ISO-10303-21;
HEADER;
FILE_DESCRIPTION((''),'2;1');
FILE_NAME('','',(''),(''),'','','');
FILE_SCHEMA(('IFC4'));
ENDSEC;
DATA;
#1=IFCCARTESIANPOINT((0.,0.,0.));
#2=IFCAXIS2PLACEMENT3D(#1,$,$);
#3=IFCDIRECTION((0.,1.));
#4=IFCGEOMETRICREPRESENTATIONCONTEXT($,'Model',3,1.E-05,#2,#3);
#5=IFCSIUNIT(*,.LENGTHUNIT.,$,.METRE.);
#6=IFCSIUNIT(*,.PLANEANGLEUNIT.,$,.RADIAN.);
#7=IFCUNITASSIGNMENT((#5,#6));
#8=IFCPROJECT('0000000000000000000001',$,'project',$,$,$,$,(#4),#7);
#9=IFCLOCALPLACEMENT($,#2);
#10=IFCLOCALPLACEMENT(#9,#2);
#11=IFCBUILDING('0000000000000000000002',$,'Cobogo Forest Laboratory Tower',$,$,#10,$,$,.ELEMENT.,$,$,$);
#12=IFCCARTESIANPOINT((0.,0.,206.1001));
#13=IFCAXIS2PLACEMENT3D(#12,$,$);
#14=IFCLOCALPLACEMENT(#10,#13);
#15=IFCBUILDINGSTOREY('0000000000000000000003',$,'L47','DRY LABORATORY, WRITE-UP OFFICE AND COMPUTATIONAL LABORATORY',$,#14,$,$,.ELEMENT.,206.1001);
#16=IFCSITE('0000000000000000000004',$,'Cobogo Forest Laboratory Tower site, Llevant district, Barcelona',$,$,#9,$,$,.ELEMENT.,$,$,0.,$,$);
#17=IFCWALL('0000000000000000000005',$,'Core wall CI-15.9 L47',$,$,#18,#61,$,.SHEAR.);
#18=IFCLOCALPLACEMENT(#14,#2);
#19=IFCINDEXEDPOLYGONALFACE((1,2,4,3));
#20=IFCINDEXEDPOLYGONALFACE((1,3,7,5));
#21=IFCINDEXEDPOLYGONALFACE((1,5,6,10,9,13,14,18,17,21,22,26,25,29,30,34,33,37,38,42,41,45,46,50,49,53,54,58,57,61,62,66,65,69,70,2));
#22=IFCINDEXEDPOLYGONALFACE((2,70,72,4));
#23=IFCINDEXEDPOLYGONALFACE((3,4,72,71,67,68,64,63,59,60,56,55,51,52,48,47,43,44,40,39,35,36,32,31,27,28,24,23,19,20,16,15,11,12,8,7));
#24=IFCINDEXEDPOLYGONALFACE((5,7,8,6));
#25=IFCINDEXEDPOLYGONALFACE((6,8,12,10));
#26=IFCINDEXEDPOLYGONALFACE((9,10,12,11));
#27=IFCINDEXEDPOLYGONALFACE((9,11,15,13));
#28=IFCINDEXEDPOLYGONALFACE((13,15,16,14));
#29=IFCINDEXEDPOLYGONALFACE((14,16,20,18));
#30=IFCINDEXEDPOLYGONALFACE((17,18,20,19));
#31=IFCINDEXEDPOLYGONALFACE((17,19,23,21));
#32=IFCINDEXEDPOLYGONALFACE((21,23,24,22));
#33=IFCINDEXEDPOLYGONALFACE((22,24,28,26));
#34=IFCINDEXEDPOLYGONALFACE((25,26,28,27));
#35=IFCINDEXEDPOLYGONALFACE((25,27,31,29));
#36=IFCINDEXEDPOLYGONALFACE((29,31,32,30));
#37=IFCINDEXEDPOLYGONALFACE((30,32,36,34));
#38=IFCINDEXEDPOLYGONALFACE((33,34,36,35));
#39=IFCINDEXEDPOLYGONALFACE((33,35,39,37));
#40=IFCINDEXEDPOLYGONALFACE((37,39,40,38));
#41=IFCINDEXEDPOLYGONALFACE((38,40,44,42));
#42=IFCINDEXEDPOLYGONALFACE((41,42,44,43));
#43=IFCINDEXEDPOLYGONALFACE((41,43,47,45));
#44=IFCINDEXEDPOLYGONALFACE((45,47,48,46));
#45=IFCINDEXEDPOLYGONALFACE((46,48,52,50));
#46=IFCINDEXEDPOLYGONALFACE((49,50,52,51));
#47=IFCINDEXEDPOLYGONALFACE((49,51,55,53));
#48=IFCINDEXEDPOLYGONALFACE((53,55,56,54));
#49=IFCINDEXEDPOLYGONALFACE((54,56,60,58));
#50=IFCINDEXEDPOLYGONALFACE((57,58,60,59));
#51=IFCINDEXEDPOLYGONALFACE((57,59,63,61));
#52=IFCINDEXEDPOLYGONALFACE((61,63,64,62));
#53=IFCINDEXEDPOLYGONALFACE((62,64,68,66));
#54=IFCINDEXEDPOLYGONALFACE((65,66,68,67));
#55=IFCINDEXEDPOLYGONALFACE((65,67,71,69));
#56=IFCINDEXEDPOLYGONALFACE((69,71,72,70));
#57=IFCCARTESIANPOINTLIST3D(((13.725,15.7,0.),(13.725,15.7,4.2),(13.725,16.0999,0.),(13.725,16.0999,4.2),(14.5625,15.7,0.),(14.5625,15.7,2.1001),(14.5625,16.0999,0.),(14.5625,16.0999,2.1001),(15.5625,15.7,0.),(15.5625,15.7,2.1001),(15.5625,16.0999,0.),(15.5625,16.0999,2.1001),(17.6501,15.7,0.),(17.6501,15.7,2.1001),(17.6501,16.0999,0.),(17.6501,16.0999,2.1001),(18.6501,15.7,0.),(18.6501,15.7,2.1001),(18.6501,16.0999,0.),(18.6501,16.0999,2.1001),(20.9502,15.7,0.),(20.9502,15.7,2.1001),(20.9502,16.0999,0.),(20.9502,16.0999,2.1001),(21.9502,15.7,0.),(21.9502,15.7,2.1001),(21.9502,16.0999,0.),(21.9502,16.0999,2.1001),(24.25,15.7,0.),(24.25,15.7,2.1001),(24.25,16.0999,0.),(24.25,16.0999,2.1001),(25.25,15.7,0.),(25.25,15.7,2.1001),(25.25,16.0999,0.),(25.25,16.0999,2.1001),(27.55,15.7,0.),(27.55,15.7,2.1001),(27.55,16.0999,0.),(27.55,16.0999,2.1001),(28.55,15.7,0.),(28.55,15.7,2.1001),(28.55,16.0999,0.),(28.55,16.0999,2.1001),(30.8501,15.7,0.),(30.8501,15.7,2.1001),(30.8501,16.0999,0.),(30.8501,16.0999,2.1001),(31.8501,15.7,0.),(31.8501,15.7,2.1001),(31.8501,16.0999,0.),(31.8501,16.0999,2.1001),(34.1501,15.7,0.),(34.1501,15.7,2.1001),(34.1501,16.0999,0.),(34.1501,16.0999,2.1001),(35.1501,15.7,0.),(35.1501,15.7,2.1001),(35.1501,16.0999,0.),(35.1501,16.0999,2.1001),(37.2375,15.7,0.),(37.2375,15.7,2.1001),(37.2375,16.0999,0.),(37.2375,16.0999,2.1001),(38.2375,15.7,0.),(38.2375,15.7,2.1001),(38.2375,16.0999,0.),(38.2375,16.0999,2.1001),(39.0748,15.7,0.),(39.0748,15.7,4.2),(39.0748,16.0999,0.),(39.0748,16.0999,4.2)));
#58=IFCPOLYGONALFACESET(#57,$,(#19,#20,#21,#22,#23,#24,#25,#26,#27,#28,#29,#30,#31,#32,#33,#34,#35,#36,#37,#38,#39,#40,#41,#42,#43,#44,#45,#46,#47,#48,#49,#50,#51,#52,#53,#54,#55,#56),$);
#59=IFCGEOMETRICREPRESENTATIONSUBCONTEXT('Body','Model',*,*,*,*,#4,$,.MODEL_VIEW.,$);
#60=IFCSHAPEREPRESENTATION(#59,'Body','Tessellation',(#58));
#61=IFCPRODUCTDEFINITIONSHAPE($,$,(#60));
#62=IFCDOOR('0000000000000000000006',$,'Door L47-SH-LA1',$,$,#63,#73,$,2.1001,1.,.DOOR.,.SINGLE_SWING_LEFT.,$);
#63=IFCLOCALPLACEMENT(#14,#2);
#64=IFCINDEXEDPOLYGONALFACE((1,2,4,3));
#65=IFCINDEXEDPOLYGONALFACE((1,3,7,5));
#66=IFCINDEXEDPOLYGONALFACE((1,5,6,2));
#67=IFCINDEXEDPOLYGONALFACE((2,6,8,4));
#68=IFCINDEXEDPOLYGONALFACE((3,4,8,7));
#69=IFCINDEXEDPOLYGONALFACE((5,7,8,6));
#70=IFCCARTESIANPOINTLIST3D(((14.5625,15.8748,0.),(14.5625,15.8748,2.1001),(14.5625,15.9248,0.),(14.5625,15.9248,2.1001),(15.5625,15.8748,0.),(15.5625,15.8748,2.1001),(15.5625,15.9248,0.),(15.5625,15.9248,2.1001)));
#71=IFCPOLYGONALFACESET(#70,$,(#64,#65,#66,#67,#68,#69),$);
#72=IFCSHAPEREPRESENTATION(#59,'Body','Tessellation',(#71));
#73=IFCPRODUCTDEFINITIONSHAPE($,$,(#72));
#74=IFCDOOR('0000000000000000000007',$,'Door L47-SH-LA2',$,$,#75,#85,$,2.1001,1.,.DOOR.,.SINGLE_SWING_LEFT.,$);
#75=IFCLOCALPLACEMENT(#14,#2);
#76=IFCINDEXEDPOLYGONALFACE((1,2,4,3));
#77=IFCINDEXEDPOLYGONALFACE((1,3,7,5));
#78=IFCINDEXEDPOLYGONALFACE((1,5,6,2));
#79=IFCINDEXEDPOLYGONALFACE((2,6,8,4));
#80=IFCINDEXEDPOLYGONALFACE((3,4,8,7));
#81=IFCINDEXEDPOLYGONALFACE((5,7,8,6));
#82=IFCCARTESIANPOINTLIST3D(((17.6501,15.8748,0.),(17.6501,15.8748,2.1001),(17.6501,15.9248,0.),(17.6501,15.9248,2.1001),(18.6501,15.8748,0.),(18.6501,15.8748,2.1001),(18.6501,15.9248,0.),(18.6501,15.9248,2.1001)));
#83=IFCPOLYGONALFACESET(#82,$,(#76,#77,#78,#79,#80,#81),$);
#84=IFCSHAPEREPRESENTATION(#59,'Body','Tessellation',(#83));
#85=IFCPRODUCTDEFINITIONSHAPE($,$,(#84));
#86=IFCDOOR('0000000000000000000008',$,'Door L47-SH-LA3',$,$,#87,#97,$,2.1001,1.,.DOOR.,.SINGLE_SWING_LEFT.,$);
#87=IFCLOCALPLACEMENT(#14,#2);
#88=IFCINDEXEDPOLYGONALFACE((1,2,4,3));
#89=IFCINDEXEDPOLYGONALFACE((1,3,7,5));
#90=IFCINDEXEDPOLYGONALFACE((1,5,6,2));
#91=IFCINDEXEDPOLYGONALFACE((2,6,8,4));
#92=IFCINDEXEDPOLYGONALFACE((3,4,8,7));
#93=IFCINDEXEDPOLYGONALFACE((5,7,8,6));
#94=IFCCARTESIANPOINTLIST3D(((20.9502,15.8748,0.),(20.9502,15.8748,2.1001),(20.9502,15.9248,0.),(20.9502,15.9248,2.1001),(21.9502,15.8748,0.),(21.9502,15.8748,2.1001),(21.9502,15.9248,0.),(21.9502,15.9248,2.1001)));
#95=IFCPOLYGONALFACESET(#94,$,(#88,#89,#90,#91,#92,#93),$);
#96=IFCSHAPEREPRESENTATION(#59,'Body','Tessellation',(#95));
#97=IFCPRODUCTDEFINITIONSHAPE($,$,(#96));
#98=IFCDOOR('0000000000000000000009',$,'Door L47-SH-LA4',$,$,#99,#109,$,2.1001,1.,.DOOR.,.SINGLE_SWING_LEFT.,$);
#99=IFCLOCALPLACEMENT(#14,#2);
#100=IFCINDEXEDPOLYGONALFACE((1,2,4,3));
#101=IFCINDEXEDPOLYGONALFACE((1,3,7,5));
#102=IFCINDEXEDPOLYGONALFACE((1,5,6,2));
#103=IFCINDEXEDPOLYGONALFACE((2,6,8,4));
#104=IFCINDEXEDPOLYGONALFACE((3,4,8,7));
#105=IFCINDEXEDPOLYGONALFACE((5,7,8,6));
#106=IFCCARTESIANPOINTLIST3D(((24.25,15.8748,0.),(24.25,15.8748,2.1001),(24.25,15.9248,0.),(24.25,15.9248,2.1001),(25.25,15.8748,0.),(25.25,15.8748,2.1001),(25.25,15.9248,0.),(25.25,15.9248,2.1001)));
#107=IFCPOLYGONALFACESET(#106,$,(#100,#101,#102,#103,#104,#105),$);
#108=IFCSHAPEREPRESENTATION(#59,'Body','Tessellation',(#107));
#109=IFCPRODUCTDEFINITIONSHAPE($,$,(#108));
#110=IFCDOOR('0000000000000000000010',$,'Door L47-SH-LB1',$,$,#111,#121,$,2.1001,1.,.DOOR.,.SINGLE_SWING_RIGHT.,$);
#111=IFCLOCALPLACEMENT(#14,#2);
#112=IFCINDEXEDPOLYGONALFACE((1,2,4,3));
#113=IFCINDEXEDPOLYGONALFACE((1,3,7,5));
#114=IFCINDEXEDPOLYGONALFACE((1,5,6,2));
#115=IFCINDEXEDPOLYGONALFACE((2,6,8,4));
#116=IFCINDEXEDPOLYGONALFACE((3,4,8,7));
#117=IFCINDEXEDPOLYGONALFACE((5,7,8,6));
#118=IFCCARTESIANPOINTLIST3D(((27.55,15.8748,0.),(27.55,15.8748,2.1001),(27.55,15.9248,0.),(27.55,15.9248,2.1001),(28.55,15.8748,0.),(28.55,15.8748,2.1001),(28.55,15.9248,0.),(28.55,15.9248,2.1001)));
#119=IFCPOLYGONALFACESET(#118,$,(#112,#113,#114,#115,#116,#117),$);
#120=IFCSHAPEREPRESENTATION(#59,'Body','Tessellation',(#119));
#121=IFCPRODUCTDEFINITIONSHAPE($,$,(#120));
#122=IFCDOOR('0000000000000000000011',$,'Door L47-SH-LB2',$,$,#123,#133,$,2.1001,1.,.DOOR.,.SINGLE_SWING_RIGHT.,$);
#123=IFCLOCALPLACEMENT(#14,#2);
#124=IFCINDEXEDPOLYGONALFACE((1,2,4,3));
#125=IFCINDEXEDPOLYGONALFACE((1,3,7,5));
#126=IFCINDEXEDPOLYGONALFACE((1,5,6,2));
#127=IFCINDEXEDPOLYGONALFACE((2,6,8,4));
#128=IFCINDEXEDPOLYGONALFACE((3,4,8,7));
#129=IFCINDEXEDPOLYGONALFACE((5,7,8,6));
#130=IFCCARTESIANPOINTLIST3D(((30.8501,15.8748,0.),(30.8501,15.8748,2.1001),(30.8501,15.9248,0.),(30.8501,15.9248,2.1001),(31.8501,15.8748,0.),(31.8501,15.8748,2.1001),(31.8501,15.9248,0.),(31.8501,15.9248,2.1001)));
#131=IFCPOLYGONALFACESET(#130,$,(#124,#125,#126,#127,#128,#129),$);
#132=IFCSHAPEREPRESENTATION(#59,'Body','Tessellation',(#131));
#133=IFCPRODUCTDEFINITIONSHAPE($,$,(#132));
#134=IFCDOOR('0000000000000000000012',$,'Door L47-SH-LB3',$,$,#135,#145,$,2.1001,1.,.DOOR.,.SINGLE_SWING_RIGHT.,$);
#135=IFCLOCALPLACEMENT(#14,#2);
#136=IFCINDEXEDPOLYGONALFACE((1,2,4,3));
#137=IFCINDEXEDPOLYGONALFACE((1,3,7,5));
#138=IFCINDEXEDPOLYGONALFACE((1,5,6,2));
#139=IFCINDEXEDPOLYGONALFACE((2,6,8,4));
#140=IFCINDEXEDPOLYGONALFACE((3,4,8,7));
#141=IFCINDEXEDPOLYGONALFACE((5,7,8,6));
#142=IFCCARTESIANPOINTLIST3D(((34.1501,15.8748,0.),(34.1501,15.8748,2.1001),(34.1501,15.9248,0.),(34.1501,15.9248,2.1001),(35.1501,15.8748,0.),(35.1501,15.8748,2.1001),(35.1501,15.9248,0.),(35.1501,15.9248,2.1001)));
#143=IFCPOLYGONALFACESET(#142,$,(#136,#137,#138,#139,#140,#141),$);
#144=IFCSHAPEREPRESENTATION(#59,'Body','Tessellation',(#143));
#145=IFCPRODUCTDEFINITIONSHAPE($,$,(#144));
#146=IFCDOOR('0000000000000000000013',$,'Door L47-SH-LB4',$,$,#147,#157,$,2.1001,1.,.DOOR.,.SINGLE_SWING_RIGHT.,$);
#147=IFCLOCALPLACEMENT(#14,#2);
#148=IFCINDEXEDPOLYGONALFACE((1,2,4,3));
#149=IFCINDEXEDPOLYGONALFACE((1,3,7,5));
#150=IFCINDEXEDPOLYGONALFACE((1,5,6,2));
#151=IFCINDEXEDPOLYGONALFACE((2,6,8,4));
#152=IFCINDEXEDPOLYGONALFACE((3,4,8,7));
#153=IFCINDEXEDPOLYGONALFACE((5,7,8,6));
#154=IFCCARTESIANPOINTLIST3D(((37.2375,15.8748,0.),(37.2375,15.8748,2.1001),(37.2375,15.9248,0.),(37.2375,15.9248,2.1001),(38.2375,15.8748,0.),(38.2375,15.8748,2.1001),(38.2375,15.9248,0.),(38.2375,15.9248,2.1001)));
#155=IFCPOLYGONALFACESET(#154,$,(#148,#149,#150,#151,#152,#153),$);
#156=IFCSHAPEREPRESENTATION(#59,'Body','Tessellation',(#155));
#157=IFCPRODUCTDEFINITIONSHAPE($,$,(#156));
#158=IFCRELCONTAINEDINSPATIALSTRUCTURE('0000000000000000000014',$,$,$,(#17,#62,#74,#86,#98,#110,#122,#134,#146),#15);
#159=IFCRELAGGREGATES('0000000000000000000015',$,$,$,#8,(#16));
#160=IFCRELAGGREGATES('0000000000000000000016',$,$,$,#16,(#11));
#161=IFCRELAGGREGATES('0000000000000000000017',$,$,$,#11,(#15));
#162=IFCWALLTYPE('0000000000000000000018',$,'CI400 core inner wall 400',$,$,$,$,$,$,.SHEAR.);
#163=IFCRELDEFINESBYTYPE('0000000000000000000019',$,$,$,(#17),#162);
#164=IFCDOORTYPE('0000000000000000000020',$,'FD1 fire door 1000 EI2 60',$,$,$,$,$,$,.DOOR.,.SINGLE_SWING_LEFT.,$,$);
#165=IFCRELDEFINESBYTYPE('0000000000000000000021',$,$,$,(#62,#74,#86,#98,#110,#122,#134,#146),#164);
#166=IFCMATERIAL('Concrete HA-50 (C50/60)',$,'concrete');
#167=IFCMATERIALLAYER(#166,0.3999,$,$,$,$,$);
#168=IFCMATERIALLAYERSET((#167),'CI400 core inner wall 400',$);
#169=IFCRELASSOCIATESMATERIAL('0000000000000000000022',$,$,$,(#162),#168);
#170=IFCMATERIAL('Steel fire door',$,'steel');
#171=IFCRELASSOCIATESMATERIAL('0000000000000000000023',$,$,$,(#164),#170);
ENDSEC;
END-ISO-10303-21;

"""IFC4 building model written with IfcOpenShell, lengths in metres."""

from ifc_helpers import new_model, si_unit, direction, frame, frame_2d, origin, place, context, subcontext, project, spatial, rectangle, extrude, material, layer, layer_set, type_object, element, fill, save


model = new_model("IFC4")

# Units and contexts
model_context = context("Model", 3, precision=1e-05, world=origin(), true_north=direction((0.0, 1.0)))
body_context = subcontext(model_context, "Body", "Model", "MODEL_VIEW")
ifc_project = project(units=[si_unit("LENGTHUNIT", "METRE"), si_unit("PLANEANGLEUNIT", "RADIAN")], contexts=[model_context])

# Site, building, storey
site_placement = place(None, origin())
site = spatial("IfcSite", under=ifc_project, at=site_placement, Name="Cobogo Forest Laboratory Tower site, Llevant district, Barcelona", CompositionType="ELEMENT", RefElevation=0.0)
building_placement = place(site_placement, origin())
building = spatial("IfcBuilding", under=site, at=building_placement, Name="Cobogo Forest Laboratory Tower", CompositionType="ELEMENT")
storey_placement = place(building_placement, frame((0.0, 0.0, 206.1001)))
storey = spatial("IfcBuildingStorey", under=building, at=storey_placement, Name="L47", Description="DRY LABORATORY, WRITE-UP OFFICE AND COMPUTATIONAL LABORATORY", CompositionType="ELEMENT", Elevation=206.1001)

# Shared definitions
ifc_material_1 = material(Name="Concrete HA-50 (C50/60)", Category="concrete")

# Wall, openings, doors
ifc_layer_1 = layer(ifc_material_1, 0.3999)
ifc_layer_set_1 = layer_set([ifc_layer_1], Name="CI400 core inner wall 400")
wall_type_1 = type_object("IfcWallType", Name="CI400 core inner wall 400", PredefinedType="SHEAR", material=ifc_layer_set_1)
wall_1_placement = place(storey_placement, frame((13.7251, 15.8999, 0.0), z_axis=(0.0, 0.0, 1.0), x_axis=(1.0, 0.0, 0.0)))
wall_1 = element("IfcWall", 1, at=wall_1_placement, inside=storey, type_object=wall_type_1, Name="Core wall CI-15.9 L47", PredefinedType="SHEAR", context=body_context, shape_type="SweptSolid", body=[
    extrude(rectangle(XDim=25.3499, YDim=0.3999, at=frame_2d((12.6748, 0.0))), origin(), (0.0, 0.0, 1.0), 4.2),
])
opening_1_placement = place(wall_1_placement, frame((0.8374, 0.0, 0.0)))
opening_1 = element("IfcOpeningElement", 2, at=opening_1_placement, cuts=wall_1, PredefinedType="OPENING", context=body_context, shape_type="SweptSolid", body=[
    extrude(rectangle(XDim=1.0, YDim=2.1001, at=frame_2d((0.5, 1.05))), frame((0.0, 0.21, 0.0), z_axis=(0.0, -1.0, 0.0), x_axis=(1.0, 0.0, 0.0)), (0.0, 0.0, 1.0), 0.4199),
])
opening_2_placement = place(wall_1_placement, frame((3.925, 0.0, 0.0)))
opening_2 = element("IfcOpeningElement", 3, at=opening_2_placement, cuts=wall_1, PredefinedType="OPENING", context=body_context, shape_type="SweptSolid", body=[
    extrude(rectangle(XDim=1.0, YDim=2.1001, at=frame_2d((0.5, 1.05))), frame((0.0, 0.21, 0.0), z_axis=(0.0, -1.0, 0.0), x_axis=(1.0, 0.0, 0.0)), (0.0, 0.0, 1.0), 0.4199),
])
opening_3_placement = place(wall_1_placement, frame((7.2251, 0.0, 0.0)))
opening_3 = element("IfcOpeningElement", 4, at=opening_3_placement, cuts=wall_1, PredefinedType="OPENING", context=body_context, shape_type="SweptSolid", body=[
    extrude(rectangle(XDim=1.0, YDim=2.1001, at=frame_2d((0.5, 1.05))), frame((0.0, 0.21, 0.0), z_axis=(0.0, -1.0, 0.0), x_axis=(1.0, 0.0, 0.0)), (0.0, 0.0, 1.0), 0.4199),
])
opening_4_placement = place(wall_1_placement, frame((10.5249, 0.0, 0.0)))
opening_4 = element("IfcOpeningElement", 5, at=opening_4_placement, cuts=wall_1, PredefinedType="OPENING", context=body_context, shape_type="SweptSolid", body=[
    extrude(rectangle(XDim=1.0, YDim=2.1001, at=frame_2d((0.5, 1.05))), frame((0.0, 0.21, 0.0), z_axis=(0.0, -1.0, 0.0), x_axis=(1.0, 0.0, 0.0)), (0.0, 0.0, 1.0), 0.4199),
])
opening_5_placement = place(wall_1_placement, frame((13.825, 0.0, 0.0)))
opening_5 = element("IfcOpeningElement", 6, at=opening_5_placement, cuts=wall_1, PredefinedType="OPENING", context=body_context, shape_type="SweptSolid", body=[
    extrude(rectangle(XDim=1.0, YDim=2.1001, at=frame_2d((0.5, 1.05))), frame((0.0, 0.21, 0.0), z_axis=(0.0, -1.0, 0.0), x_axis=(1.0, 0.0, 0.0)), (0.0, 0.0, 1.0), 0.4199),
])
opening_6_placement = place(wall_1_placement, frame((17.125, 0.0, 0.0)))
opening_6 = element("IfcOpeningElement", 7, at=opening_6_placement, cuts=wall_1, PredefinedType="OPENING", context=body_context, shape_type="SweptSolid", body=[
    extrude(rectangle(XDim=1.0, YDim=2.1001, at=frame_2d((0.5, 1.05))), frame((0.0, 0.21, 0.0), z_axis=(0.0, -1.0, 0.0), x_axis=(1.0, 0.0, 0.0)), (0.0, 0.0, 1.0), 0.4199),
])
opening_7_placement = place(wall_1_placement, frame((20.425, 0.0, 0.0)))
opening_7 = element("IfcOpeningElement", 8, at=opening_7_placement, cuts=wall_1, PredefinedType="OPENING", context=body_context, shape_type="SweptSolid", body=[
    extrude(rectangle(XDim=1.0, YDim=2.1001, at=frame_2d((0.5, 1.05))), frame((0.0, 0.21, 0.0), z_axis=(0.0, -1.0, 0.0), x_axis=(1.0, 0.0, 0.0)), (0.0, 0.0, 1.0), 0.4199),
])
opening_8_placement = place(wall_1_placement, frame((23.5125, 0.0, 0.0)))
opening_8 = element("IfcOpeningElement", 9, at=opening_8_placement, cuts=wall_1, PredefinedType="OPENING", context=body_context, shape_type="SweptSolid", body=[
    extrude(rectangle(XDim=1.0, YDim=2.1001, at=frame_2d((0.5, 1.05))), frame((0.0, 0.21, 0.0), z_axis=(0.0, -1.0, 0.0), x_axis=(1.0, 0.0, 0.0)), (0.0, 0.0, 1.0), 0.4199),
])
ifc_material_2 = material(Name="Steel fire door", Category="steel")
door_type = type_object("IfcDoorType", Name="FD1 fire door 1000 EI2 60", OperationType="SINGLE_SWING_LEFT", PredefinedType="DOOR", material=ifc_material_2)
door_1_placement = place(opening_1_placement, origin())
door_1 = element("IfcDoor", 10, at=door_1_placement, inside=storey, type_object=door_type, Name="Door L47-SH-LA1", OperationType="SINGLE_SWING_LEFT", OverallHeight=2.1001, OverallWidth=1.0, PredefinedType="DOOR", context=body_context, shape_type="SweptSolid", body=[
    extrude(rectangle(XDim=1.0, YDim=2.1001, at=frame_2d((0.5, 1.05))), frame((0.0, 0.0249, 0.0), z_axis=(0.0, -1.0, 0.0), x_axis=(1.0, 0.0, 0.0)), (0.0, 0.0, 1.0), 0.05),
])
fill(opening_1, door_1)
door_2_placement = place(opening_2_placement, origin())
door_2 = element("IfcDoor", 11, at=door_2_placement, inside=storey, type_object=door_type, Name="Door L47-SH-LA2", OperationType="SINGLE_SWING_LEFT", OverallHeight=2.1001, OverallWidth=1.0, PredefinedType="DOOR", context=body_context, shape_type="SweptSolid", body=[
    extrude(rectangle(XDim=1.0, YDim=2.1001, at=frame_2d((0.5, 1.05))), frame((0.0, 0.0249, 0.0), z_axis=(0.0, -1.0, 0.0), x_axis=(1.0, 0.0, 0.0)), (0.0, 0.0, 1.0), 0.05),
])
fill(opening_2, door_2)
door_3_placement = place(opening_3_placement, origin())
door_3 = element("IfcDoor", 12, at=door_3_placement, inside=storey, type_object=door_type, Name="Door L47-SH-LA3", OperationType="SINGLE_SWING_LEFT", OverallHeight=2.1001, OverallWidth=1.0, PredefinedType="DOOR", context=body_context, shape_type="SweptSolid", body=[
    extrude(rectangle(XDim=1.0, YDim=2.1001, at=frame_2d((0.5, 1.05))), frame((0.0, 0.0249, 0.0), z_axis=(0.0, -1.0, 0.0), x_axis=(1.0, 0.0, 0.0)), (0.0, 0.0, 1.0), 0.05),
])
fill(opening_3, door_3)
door_4_placement = place(opening_4_placement, origin())
door_4 = element("IfcDoor", 13, at=door_4_placement, inside=storey, type_object=door_type, Name="Door L47-SH-LA4", OperationType="SINGLE_SWING_LEFT", OverallHeight=2.1001, OverallWidth=1.0, PredefinedType="DOOR", context=body_context, shape_type="SweptSolid", body=[
    extrude(rectangle(XDim=1.0, YDim=2.1001, at=frame_2d((0.5, 1.05))), frame((0.0, 0.0249, 0.0), z_axis=(0.0, -1.0, 0.0), x_axis=(1.0, 0.0, 0.0)), (0.0, 0.0, 1.0), 0.05),
])
fill(opening_4, door_4)
door_5_placement = place(opening_5_placement, origin())
door_5 = element("IfcDoor", 14, at=door_5_placement, inside=storey, type_object=door_type, Name="Door L47-SH-LB1", OperationType="SINGLE_SWING_RIGHT", OverallHeight=2.1001, OverallWidth=1.0, PredefinedType="DOOR", context=body_context, shape_type="SweptSolid", body=[
    extrude(rectangle(XDim=1.0, YDim=2.1001, at=frame_2d((0.5, 1.05))), frame((0.0, 0.0249, 0.0), z_axis=(0.0, -1.0, 0.0), x_axis=(1.0, 0.0, 0.0)), (0.0, 0.0, 1.0), 0.05),
])
fill(opening_5, door_5)
door_6_placement = place(opening_6_placement, origin())
door_6 = element("IfcDoor", 15, at=door_6_placement, inside=storey, type_object=door_type, Name="Door L47-SH-LB2", OperationType="SINGLE_SWING_RIGHT", OverallHeight=2.1001, OverallWidth=1.0, PredefinedType="DOOR", context=body_context, shape_type="SweptSolid", body=[
    extrude(rectangle(XDim=1.0, YDim=2.1001, at=frame_2d((0.5, 1.05))), frame((0.0, 0.0249, 0.0), z_axis=(0.0, -1.0, 0.0), x_axis=(1.0, 0.0, 0.0)), (0.0, 0.0, 1.0), 0.05),
])
fill(opening_6, door_6)
door_7_placement = place(opening_7_placement, origin())
door_7 = element("IfcDoor", 16, at=door_7_placement, inside=storey, type_object=door_type, Name="Door L47-SH-LB3", OperationType="SINGLE_SWING_RIGHT", OverallHeight=2.1001, OverallWidth=1.0, PredefinedType="DOOR", context=body_context, shape_type="SweptSolid", body=[
    extrude(rectangle(XDim=1.0, YDim=2.1001, at=frame_2d((0.5, 1.05))), frame((0.0, 0.0249, 0.0), z_axis=(0.0, -1.0, 0.0), x_axis=(1.0, 0.0, 0.0)), (0.0, 0.0, 1.0), 0.05),
])
fill(opening_7, door_7)
door_8_placement = place(opening_8_placement, origin())
door_8 = element("IfcDoor", 17, at=door_8_placement, inside=storey, type_object=door_type, Name="Door L47-SH-LB4", OperationType="SINGLE_SWING_RIGHT", OverallHeight=2.1001, OverallWidth=1.0, PredefinedType="DOOR", context=body_context, shape_type="SweptSolid", body=[
    extrude(rectangle(XDim=1.0, YDim=2.1001, at=frame_2d((0.5, 1.05))), frame((0.0, 0.0249, 0.0), z_axis=(0.0, -1.0, 0.0), x_axis=(1.0, 0.0, 0.0)), (0.0, 0.0, 1.0), 0.05),
])
fill(opening_8, door_8)

save(model, "model.ifc")
